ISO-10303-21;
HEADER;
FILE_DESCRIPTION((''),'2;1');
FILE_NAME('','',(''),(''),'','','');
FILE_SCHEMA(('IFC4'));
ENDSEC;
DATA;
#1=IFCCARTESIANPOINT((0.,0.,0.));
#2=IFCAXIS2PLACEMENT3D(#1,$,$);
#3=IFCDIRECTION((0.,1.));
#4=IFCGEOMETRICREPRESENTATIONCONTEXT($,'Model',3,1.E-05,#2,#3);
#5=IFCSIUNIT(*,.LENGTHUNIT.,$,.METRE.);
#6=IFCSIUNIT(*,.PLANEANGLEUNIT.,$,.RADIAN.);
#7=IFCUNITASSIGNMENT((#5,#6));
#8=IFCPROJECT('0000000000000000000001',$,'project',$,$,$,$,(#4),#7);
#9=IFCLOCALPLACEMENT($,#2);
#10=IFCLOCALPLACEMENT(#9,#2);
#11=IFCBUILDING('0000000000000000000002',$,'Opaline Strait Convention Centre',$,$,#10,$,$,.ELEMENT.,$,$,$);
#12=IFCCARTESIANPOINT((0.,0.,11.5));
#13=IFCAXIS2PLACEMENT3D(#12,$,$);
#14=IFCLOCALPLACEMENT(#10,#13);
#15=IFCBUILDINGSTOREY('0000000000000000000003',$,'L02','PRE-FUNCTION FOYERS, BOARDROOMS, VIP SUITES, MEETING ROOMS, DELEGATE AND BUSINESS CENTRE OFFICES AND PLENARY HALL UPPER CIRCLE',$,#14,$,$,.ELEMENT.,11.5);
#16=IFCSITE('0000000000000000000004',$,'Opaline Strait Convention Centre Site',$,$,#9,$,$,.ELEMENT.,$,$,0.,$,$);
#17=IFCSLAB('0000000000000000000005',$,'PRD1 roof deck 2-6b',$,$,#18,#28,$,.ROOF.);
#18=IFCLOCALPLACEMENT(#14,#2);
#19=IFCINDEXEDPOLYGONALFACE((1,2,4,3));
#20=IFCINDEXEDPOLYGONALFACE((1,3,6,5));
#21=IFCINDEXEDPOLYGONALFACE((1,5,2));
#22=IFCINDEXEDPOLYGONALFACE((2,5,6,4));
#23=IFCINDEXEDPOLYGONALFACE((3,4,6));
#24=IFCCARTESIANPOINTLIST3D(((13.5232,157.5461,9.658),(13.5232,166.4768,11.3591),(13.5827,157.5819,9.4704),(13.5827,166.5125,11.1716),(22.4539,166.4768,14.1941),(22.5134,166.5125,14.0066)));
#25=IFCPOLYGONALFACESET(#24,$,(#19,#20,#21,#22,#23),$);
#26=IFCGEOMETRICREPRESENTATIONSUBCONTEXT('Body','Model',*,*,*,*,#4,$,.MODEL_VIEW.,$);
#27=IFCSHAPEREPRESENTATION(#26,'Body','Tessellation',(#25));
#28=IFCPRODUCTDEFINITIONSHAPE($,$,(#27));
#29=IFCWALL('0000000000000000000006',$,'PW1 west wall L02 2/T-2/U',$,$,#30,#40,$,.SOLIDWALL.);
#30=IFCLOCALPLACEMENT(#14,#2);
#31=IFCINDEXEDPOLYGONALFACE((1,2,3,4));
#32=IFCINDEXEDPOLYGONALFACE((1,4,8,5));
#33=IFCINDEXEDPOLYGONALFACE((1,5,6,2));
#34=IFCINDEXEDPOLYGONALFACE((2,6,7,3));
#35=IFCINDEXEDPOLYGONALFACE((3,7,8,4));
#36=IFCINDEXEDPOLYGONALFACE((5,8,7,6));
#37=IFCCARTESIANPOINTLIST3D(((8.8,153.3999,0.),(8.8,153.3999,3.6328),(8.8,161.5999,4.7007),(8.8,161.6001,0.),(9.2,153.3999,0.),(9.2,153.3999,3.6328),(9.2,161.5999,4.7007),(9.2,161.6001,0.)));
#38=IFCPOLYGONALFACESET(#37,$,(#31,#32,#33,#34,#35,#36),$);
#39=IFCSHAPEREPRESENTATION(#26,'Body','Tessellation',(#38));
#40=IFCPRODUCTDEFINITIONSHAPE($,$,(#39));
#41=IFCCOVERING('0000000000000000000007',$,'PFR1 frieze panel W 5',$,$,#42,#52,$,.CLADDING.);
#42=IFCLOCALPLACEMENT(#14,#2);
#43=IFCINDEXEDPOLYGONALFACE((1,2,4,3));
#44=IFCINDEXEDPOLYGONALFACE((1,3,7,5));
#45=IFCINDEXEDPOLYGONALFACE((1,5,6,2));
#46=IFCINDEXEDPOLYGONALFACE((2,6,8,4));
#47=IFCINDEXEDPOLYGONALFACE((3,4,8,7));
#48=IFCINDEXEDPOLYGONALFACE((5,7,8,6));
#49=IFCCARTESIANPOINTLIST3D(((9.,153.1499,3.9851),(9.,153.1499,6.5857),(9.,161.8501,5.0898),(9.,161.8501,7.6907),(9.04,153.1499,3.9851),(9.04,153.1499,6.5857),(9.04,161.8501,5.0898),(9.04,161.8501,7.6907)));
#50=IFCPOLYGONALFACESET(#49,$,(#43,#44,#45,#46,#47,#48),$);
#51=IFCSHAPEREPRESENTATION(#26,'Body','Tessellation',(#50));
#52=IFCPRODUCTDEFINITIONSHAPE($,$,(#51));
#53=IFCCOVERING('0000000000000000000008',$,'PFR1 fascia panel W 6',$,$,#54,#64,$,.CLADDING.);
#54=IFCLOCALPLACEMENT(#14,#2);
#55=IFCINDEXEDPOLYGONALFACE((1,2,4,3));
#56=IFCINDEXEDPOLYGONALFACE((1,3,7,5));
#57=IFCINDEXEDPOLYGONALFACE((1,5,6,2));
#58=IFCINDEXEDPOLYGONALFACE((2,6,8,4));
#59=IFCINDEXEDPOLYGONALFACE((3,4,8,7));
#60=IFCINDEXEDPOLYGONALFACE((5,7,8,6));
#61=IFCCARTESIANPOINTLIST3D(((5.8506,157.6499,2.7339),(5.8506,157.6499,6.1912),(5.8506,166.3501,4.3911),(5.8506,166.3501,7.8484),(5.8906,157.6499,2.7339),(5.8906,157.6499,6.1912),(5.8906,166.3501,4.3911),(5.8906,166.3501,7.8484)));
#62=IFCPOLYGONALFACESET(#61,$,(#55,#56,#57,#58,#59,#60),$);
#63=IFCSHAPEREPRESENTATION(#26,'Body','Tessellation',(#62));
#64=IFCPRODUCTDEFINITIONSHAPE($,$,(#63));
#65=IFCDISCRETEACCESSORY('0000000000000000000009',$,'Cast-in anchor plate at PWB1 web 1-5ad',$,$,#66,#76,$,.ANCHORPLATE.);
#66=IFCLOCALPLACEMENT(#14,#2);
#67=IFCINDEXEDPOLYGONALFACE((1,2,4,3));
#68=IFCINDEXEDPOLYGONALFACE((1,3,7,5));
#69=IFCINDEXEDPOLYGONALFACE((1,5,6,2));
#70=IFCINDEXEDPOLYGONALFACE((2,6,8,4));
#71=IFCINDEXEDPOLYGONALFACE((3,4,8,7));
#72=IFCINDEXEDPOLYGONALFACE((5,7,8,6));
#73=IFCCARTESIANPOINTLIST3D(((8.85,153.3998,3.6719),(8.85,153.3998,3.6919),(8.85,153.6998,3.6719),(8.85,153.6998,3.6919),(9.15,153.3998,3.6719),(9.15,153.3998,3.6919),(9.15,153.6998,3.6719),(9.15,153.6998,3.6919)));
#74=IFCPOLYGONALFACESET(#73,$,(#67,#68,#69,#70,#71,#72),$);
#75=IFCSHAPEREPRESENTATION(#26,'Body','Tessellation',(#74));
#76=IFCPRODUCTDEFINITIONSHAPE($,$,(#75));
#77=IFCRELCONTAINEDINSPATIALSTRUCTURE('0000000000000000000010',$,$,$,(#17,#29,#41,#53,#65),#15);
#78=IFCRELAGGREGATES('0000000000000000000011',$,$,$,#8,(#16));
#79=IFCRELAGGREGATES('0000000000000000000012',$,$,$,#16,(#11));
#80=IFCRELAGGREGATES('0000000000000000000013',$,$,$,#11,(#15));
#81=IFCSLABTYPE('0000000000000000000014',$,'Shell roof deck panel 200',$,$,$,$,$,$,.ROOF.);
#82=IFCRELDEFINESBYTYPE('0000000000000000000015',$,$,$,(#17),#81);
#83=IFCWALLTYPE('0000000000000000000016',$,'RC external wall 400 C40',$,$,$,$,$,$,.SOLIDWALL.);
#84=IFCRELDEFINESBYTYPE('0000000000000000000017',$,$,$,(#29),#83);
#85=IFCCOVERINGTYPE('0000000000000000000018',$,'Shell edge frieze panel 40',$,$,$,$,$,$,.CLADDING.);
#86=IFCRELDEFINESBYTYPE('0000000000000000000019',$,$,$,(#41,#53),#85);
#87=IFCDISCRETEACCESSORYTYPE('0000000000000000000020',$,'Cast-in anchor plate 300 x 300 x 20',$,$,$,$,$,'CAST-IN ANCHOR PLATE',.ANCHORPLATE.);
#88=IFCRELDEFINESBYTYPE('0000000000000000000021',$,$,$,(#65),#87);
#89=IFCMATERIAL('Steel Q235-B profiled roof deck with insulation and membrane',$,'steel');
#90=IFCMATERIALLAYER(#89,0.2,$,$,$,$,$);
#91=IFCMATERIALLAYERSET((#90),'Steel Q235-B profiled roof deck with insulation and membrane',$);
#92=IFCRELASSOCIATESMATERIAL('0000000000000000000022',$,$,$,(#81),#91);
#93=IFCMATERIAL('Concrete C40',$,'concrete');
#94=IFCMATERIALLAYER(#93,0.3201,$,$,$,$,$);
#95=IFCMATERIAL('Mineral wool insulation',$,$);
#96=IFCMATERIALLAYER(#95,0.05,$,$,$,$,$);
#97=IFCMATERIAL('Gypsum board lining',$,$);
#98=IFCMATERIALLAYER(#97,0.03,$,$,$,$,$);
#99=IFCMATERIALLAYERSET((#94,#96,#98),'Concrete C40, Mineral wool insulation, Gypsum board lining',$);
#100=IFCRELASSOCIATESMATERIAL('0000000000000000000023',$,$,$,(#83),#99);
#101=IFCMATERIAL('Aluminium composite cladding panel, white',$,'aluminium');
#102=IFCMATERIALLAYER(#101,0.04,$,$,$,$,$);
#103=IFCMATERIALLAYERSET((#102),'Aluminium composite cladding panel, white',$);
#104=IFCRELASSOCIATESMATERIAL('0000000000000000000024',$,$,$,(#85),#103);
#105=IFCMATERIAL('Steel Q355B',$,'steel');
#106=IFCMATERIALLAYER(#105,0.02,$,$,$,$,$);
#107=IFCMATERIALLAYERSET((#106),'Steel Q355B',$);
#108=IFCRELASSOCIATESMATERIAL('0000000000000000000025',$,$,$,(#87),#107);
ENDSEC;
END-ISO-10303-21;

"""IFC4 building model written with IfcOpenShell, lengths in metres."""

from ifc_helpers import new_model, si_unit, direction, frame, origin, origin_2d, place, context, subcontext, project, spatial, polyline, rectangle, outline, extrude, material, layer, layer_set, type_object, element, save


model = new_model("IFC4")

# Units and contexts
model_context = context("Model", 3, precision=1e-05, world=origin(), true_north=direction((0.0, 1.0)))
body_context = subcontext(model_context, "Body", "Model", "MODEL_VIEW")
ifc_project = project(units=[si_unit("LENGTHUNIT", "METRE"), si_unit("PLANEANGLEUNIT", "RADIAN")], contexts=[model_context])

# Site, building, storey
site_placement = place(None, origin())
site = spatial("IfcSite", under=ifc_project, at=site_placement, Name="Opaline Strait Convention Centre Site", CompositionType="ELEMENT", RefElevation=0.0)
building_placement = place(site_placement, origin())
building = spatial("IfcBuilding", under=site, at=building_placement, Name="Opaline Strait Convention Centre", CompositionType="ELEMENT")
storey_placement = place(building_placement, frame((0.0, 0.0, 11.5)))
storey = spatial("IfcBuildingStorey", under=building, at=storey_placement, Name="L02", Description="PRE-FUNCTION FOYERS, BOARDROOMS, VIP SUITES, MEETING ROOMS, DELEGATE AND BUSINESS CENTRE OFFICES AND PLENARY HALL UPPER CIRCLE", CompositionType="ELEMENT", Elevation=11.5)

# Shared definitions
ifc_material_1 = material(Name="Concrete C40", Category="concrete")

# Shared definitions
ifc_material_2 = material(Name="Steel Q355B", Category="steel")

# Slab
ifc_material_3 = material(Name="Steel Q235-B profiled roof deck with insulation and membrane", Category="steel")
ifc_layer_1 = layer(ifc_material_3, 0.2)
ifc_layer_set_1 = layer_set([ifc_layer_1], Name="Steel Q235-B profiled roof deck with insulation and membrane")
slab_type = type_object("IfcSlabType", Name="Shell roof deck panel 200", PredefinedType="ROOF", material=ifc_layer_set_1)
slab_1_placement = place(storey_placement, frame((13.5232, 157.5461, 9.658), z_axis=(-0.297696, -0.178638, 0.937798), x_axis=(0.665486, 0.665486, 0.338019)))
element("IfcSlab", 1, at=slab_1_placement, inside=storey, type_object=slab_type, Name="PRD1 roof deck 2-6b", PredefinedType="ROOF", context=body_context, shape_type="SweptSolid", body=[
    extrude(outline(polyline([(0.0, 0.0), (13.4198, 0.0), (6.5183, 6.3374), (0.0, 0.0)])), origin(), (0.0, 0.0, -1.0), 0.2),
])

# Wall
ifc_layer_2 = layer(ifc_material_1, 0.3201)
ifc_material_4 = material(Name="Mineral wool insulation")
ifc_layer_3 = layer(ifc_material_4, 0.05)
ifc_material_5 = material(Name="Gypsum board lining")
ifc_layer_4 = layer(ifc_material_5, 0.03)
ifc_layer_set_2 = layer_set([ifc_layer_2, ifc_layer_3, ifc_layer_4], Name="Concrete C40, Mineral wool insulation, Gypsum board lining")
wall_type = type_object("IfcWallType", Name="RC external wall 400 C40", PredefinedType="SOLIDWALL", material=ifc_layer_set_2)
wall_placement = place(storey_placement, frame((9.0, 153.3999, 0.0), z_axis=(0.0, 0.0, 1.0), x_axis=(0.0, 1.0, 0.0)))
element("IfcWall", 2, at=wall_placement, inside=storey, type_object=wall_type, Name="PW1 west wall L02 2/T-2/U", PredefinedType="SOLIDWALL", context=body_context, shape_type="SweptSolid", body=[
    extrude(outline(polyline([(0.0, 0.0), (8.2002, 0.0), (8.2, 4.7007), (0.0, 3.6328), (0.0, 0.0)])), frame((0.0, 0.2, 0.0), z_axis=(0.0, -1.0, 0.0), x_axis=(1.0, 0.0, 0.0)), (0.0, 0.0, 1.0), 0.3999),
])

# Coverings
ifc_material_6 = material(Name="Aluminium composite cladding panel, white", Category="aluminium")
ifc_layer_5 = layer(ifc_material_6, 0.04)
ifc_layer_set_3 = layer_set([ifc_layer_5], Name="Aluminium composite cladding panel, white")
covering_type = type_object("IfcCoveringType", Name="Shell edge frieze panel 40", PredefinedType="CLADDING", material=ifc_layer_set_3)
covering_1_placement = place(storey_placement, frame((9.0, 153.1499, 6.5857), z_axis=(-1.0, 0.0, 0.0), x_axis=(0.0, 0.992031, 0.125994)))
element("IfcCovering", 3, at=covering_1_placement, inside=storey, type_object=covering_type, Name="PFR1 frieze panel W 5", PredefinedType="CLADDING", context=body_context, shape_type="SweptSolid", body=[
    extrude(outline(polyline([(0.0, 0.0), (8.7701, 0.0), (8.4424, 2.5801), (-0.3277, 2.5799), (0.0, 0.0)])), origin(), (0.0, 0.0, -1.0), 0.04),
])
covering_2_placement = place(storey_placement, frame((5.8506, 157.6499, 6.1912), z_axis=(-1.0, 0.0, 0.0), x_axis=(0.0, 0.982338, 0.187117)))
element("IfcCovering", 4, at=covering_2_placement, inside=storey, type_object=covering_type, Name="PFR1 fascia panel W 6", PredefinedType="CLADDING", context=body_context, shape_type="SweptSolid", body=[
    extrude(outline(polyline([(0.0, 0.0), (8.8566, 0.0), (8.2097, 3.3962), (-0.6469, 3.3962), (0.0, 0.0)])), origin(), (0.0, 0.0, -1.0), 0.04),
])

# Discrete accessory
ifc_layer_6 = layer(ifc_material_2, 0.02)
ifc_layer_set_4 = layer_set([ifc_layer_6], Name="Steel Q355B")
discrete_accessory_type = type_object("IfcDiscreteAccessoryType", Name="Cast-in anchor plate 300 x 300 x 20", ElementType="CAST-IN ANCHOR PLATE", PredefinedType="ANCHORPLATE", material=ifc_layer_set_4)
discrete_accessory_placement = place(storey_placement, frame((9.0, 153.5498, 3.6719), z_axis=(0.0, 0.0, 1.0), x_axis=(1.0, 0.0, 0.0)))
element("IfcDiscreteAccessory", 5, at=discrete_accessory_placement, inside=storey, type_object=discrete_accessory_type, Name="Cast-in anchor plate at PWB1 web 1-5ad", PredefinedType="ANCHORPLATE", context=body_context, shape_type="SweptSolid", body=[
    extrude(rectangle(XDim=0.3, YDim=0.3, at=origin_2d()), origin(), (0.0, 0.0, 1.0), 0.02),
])

save(model, "model.ifc")
